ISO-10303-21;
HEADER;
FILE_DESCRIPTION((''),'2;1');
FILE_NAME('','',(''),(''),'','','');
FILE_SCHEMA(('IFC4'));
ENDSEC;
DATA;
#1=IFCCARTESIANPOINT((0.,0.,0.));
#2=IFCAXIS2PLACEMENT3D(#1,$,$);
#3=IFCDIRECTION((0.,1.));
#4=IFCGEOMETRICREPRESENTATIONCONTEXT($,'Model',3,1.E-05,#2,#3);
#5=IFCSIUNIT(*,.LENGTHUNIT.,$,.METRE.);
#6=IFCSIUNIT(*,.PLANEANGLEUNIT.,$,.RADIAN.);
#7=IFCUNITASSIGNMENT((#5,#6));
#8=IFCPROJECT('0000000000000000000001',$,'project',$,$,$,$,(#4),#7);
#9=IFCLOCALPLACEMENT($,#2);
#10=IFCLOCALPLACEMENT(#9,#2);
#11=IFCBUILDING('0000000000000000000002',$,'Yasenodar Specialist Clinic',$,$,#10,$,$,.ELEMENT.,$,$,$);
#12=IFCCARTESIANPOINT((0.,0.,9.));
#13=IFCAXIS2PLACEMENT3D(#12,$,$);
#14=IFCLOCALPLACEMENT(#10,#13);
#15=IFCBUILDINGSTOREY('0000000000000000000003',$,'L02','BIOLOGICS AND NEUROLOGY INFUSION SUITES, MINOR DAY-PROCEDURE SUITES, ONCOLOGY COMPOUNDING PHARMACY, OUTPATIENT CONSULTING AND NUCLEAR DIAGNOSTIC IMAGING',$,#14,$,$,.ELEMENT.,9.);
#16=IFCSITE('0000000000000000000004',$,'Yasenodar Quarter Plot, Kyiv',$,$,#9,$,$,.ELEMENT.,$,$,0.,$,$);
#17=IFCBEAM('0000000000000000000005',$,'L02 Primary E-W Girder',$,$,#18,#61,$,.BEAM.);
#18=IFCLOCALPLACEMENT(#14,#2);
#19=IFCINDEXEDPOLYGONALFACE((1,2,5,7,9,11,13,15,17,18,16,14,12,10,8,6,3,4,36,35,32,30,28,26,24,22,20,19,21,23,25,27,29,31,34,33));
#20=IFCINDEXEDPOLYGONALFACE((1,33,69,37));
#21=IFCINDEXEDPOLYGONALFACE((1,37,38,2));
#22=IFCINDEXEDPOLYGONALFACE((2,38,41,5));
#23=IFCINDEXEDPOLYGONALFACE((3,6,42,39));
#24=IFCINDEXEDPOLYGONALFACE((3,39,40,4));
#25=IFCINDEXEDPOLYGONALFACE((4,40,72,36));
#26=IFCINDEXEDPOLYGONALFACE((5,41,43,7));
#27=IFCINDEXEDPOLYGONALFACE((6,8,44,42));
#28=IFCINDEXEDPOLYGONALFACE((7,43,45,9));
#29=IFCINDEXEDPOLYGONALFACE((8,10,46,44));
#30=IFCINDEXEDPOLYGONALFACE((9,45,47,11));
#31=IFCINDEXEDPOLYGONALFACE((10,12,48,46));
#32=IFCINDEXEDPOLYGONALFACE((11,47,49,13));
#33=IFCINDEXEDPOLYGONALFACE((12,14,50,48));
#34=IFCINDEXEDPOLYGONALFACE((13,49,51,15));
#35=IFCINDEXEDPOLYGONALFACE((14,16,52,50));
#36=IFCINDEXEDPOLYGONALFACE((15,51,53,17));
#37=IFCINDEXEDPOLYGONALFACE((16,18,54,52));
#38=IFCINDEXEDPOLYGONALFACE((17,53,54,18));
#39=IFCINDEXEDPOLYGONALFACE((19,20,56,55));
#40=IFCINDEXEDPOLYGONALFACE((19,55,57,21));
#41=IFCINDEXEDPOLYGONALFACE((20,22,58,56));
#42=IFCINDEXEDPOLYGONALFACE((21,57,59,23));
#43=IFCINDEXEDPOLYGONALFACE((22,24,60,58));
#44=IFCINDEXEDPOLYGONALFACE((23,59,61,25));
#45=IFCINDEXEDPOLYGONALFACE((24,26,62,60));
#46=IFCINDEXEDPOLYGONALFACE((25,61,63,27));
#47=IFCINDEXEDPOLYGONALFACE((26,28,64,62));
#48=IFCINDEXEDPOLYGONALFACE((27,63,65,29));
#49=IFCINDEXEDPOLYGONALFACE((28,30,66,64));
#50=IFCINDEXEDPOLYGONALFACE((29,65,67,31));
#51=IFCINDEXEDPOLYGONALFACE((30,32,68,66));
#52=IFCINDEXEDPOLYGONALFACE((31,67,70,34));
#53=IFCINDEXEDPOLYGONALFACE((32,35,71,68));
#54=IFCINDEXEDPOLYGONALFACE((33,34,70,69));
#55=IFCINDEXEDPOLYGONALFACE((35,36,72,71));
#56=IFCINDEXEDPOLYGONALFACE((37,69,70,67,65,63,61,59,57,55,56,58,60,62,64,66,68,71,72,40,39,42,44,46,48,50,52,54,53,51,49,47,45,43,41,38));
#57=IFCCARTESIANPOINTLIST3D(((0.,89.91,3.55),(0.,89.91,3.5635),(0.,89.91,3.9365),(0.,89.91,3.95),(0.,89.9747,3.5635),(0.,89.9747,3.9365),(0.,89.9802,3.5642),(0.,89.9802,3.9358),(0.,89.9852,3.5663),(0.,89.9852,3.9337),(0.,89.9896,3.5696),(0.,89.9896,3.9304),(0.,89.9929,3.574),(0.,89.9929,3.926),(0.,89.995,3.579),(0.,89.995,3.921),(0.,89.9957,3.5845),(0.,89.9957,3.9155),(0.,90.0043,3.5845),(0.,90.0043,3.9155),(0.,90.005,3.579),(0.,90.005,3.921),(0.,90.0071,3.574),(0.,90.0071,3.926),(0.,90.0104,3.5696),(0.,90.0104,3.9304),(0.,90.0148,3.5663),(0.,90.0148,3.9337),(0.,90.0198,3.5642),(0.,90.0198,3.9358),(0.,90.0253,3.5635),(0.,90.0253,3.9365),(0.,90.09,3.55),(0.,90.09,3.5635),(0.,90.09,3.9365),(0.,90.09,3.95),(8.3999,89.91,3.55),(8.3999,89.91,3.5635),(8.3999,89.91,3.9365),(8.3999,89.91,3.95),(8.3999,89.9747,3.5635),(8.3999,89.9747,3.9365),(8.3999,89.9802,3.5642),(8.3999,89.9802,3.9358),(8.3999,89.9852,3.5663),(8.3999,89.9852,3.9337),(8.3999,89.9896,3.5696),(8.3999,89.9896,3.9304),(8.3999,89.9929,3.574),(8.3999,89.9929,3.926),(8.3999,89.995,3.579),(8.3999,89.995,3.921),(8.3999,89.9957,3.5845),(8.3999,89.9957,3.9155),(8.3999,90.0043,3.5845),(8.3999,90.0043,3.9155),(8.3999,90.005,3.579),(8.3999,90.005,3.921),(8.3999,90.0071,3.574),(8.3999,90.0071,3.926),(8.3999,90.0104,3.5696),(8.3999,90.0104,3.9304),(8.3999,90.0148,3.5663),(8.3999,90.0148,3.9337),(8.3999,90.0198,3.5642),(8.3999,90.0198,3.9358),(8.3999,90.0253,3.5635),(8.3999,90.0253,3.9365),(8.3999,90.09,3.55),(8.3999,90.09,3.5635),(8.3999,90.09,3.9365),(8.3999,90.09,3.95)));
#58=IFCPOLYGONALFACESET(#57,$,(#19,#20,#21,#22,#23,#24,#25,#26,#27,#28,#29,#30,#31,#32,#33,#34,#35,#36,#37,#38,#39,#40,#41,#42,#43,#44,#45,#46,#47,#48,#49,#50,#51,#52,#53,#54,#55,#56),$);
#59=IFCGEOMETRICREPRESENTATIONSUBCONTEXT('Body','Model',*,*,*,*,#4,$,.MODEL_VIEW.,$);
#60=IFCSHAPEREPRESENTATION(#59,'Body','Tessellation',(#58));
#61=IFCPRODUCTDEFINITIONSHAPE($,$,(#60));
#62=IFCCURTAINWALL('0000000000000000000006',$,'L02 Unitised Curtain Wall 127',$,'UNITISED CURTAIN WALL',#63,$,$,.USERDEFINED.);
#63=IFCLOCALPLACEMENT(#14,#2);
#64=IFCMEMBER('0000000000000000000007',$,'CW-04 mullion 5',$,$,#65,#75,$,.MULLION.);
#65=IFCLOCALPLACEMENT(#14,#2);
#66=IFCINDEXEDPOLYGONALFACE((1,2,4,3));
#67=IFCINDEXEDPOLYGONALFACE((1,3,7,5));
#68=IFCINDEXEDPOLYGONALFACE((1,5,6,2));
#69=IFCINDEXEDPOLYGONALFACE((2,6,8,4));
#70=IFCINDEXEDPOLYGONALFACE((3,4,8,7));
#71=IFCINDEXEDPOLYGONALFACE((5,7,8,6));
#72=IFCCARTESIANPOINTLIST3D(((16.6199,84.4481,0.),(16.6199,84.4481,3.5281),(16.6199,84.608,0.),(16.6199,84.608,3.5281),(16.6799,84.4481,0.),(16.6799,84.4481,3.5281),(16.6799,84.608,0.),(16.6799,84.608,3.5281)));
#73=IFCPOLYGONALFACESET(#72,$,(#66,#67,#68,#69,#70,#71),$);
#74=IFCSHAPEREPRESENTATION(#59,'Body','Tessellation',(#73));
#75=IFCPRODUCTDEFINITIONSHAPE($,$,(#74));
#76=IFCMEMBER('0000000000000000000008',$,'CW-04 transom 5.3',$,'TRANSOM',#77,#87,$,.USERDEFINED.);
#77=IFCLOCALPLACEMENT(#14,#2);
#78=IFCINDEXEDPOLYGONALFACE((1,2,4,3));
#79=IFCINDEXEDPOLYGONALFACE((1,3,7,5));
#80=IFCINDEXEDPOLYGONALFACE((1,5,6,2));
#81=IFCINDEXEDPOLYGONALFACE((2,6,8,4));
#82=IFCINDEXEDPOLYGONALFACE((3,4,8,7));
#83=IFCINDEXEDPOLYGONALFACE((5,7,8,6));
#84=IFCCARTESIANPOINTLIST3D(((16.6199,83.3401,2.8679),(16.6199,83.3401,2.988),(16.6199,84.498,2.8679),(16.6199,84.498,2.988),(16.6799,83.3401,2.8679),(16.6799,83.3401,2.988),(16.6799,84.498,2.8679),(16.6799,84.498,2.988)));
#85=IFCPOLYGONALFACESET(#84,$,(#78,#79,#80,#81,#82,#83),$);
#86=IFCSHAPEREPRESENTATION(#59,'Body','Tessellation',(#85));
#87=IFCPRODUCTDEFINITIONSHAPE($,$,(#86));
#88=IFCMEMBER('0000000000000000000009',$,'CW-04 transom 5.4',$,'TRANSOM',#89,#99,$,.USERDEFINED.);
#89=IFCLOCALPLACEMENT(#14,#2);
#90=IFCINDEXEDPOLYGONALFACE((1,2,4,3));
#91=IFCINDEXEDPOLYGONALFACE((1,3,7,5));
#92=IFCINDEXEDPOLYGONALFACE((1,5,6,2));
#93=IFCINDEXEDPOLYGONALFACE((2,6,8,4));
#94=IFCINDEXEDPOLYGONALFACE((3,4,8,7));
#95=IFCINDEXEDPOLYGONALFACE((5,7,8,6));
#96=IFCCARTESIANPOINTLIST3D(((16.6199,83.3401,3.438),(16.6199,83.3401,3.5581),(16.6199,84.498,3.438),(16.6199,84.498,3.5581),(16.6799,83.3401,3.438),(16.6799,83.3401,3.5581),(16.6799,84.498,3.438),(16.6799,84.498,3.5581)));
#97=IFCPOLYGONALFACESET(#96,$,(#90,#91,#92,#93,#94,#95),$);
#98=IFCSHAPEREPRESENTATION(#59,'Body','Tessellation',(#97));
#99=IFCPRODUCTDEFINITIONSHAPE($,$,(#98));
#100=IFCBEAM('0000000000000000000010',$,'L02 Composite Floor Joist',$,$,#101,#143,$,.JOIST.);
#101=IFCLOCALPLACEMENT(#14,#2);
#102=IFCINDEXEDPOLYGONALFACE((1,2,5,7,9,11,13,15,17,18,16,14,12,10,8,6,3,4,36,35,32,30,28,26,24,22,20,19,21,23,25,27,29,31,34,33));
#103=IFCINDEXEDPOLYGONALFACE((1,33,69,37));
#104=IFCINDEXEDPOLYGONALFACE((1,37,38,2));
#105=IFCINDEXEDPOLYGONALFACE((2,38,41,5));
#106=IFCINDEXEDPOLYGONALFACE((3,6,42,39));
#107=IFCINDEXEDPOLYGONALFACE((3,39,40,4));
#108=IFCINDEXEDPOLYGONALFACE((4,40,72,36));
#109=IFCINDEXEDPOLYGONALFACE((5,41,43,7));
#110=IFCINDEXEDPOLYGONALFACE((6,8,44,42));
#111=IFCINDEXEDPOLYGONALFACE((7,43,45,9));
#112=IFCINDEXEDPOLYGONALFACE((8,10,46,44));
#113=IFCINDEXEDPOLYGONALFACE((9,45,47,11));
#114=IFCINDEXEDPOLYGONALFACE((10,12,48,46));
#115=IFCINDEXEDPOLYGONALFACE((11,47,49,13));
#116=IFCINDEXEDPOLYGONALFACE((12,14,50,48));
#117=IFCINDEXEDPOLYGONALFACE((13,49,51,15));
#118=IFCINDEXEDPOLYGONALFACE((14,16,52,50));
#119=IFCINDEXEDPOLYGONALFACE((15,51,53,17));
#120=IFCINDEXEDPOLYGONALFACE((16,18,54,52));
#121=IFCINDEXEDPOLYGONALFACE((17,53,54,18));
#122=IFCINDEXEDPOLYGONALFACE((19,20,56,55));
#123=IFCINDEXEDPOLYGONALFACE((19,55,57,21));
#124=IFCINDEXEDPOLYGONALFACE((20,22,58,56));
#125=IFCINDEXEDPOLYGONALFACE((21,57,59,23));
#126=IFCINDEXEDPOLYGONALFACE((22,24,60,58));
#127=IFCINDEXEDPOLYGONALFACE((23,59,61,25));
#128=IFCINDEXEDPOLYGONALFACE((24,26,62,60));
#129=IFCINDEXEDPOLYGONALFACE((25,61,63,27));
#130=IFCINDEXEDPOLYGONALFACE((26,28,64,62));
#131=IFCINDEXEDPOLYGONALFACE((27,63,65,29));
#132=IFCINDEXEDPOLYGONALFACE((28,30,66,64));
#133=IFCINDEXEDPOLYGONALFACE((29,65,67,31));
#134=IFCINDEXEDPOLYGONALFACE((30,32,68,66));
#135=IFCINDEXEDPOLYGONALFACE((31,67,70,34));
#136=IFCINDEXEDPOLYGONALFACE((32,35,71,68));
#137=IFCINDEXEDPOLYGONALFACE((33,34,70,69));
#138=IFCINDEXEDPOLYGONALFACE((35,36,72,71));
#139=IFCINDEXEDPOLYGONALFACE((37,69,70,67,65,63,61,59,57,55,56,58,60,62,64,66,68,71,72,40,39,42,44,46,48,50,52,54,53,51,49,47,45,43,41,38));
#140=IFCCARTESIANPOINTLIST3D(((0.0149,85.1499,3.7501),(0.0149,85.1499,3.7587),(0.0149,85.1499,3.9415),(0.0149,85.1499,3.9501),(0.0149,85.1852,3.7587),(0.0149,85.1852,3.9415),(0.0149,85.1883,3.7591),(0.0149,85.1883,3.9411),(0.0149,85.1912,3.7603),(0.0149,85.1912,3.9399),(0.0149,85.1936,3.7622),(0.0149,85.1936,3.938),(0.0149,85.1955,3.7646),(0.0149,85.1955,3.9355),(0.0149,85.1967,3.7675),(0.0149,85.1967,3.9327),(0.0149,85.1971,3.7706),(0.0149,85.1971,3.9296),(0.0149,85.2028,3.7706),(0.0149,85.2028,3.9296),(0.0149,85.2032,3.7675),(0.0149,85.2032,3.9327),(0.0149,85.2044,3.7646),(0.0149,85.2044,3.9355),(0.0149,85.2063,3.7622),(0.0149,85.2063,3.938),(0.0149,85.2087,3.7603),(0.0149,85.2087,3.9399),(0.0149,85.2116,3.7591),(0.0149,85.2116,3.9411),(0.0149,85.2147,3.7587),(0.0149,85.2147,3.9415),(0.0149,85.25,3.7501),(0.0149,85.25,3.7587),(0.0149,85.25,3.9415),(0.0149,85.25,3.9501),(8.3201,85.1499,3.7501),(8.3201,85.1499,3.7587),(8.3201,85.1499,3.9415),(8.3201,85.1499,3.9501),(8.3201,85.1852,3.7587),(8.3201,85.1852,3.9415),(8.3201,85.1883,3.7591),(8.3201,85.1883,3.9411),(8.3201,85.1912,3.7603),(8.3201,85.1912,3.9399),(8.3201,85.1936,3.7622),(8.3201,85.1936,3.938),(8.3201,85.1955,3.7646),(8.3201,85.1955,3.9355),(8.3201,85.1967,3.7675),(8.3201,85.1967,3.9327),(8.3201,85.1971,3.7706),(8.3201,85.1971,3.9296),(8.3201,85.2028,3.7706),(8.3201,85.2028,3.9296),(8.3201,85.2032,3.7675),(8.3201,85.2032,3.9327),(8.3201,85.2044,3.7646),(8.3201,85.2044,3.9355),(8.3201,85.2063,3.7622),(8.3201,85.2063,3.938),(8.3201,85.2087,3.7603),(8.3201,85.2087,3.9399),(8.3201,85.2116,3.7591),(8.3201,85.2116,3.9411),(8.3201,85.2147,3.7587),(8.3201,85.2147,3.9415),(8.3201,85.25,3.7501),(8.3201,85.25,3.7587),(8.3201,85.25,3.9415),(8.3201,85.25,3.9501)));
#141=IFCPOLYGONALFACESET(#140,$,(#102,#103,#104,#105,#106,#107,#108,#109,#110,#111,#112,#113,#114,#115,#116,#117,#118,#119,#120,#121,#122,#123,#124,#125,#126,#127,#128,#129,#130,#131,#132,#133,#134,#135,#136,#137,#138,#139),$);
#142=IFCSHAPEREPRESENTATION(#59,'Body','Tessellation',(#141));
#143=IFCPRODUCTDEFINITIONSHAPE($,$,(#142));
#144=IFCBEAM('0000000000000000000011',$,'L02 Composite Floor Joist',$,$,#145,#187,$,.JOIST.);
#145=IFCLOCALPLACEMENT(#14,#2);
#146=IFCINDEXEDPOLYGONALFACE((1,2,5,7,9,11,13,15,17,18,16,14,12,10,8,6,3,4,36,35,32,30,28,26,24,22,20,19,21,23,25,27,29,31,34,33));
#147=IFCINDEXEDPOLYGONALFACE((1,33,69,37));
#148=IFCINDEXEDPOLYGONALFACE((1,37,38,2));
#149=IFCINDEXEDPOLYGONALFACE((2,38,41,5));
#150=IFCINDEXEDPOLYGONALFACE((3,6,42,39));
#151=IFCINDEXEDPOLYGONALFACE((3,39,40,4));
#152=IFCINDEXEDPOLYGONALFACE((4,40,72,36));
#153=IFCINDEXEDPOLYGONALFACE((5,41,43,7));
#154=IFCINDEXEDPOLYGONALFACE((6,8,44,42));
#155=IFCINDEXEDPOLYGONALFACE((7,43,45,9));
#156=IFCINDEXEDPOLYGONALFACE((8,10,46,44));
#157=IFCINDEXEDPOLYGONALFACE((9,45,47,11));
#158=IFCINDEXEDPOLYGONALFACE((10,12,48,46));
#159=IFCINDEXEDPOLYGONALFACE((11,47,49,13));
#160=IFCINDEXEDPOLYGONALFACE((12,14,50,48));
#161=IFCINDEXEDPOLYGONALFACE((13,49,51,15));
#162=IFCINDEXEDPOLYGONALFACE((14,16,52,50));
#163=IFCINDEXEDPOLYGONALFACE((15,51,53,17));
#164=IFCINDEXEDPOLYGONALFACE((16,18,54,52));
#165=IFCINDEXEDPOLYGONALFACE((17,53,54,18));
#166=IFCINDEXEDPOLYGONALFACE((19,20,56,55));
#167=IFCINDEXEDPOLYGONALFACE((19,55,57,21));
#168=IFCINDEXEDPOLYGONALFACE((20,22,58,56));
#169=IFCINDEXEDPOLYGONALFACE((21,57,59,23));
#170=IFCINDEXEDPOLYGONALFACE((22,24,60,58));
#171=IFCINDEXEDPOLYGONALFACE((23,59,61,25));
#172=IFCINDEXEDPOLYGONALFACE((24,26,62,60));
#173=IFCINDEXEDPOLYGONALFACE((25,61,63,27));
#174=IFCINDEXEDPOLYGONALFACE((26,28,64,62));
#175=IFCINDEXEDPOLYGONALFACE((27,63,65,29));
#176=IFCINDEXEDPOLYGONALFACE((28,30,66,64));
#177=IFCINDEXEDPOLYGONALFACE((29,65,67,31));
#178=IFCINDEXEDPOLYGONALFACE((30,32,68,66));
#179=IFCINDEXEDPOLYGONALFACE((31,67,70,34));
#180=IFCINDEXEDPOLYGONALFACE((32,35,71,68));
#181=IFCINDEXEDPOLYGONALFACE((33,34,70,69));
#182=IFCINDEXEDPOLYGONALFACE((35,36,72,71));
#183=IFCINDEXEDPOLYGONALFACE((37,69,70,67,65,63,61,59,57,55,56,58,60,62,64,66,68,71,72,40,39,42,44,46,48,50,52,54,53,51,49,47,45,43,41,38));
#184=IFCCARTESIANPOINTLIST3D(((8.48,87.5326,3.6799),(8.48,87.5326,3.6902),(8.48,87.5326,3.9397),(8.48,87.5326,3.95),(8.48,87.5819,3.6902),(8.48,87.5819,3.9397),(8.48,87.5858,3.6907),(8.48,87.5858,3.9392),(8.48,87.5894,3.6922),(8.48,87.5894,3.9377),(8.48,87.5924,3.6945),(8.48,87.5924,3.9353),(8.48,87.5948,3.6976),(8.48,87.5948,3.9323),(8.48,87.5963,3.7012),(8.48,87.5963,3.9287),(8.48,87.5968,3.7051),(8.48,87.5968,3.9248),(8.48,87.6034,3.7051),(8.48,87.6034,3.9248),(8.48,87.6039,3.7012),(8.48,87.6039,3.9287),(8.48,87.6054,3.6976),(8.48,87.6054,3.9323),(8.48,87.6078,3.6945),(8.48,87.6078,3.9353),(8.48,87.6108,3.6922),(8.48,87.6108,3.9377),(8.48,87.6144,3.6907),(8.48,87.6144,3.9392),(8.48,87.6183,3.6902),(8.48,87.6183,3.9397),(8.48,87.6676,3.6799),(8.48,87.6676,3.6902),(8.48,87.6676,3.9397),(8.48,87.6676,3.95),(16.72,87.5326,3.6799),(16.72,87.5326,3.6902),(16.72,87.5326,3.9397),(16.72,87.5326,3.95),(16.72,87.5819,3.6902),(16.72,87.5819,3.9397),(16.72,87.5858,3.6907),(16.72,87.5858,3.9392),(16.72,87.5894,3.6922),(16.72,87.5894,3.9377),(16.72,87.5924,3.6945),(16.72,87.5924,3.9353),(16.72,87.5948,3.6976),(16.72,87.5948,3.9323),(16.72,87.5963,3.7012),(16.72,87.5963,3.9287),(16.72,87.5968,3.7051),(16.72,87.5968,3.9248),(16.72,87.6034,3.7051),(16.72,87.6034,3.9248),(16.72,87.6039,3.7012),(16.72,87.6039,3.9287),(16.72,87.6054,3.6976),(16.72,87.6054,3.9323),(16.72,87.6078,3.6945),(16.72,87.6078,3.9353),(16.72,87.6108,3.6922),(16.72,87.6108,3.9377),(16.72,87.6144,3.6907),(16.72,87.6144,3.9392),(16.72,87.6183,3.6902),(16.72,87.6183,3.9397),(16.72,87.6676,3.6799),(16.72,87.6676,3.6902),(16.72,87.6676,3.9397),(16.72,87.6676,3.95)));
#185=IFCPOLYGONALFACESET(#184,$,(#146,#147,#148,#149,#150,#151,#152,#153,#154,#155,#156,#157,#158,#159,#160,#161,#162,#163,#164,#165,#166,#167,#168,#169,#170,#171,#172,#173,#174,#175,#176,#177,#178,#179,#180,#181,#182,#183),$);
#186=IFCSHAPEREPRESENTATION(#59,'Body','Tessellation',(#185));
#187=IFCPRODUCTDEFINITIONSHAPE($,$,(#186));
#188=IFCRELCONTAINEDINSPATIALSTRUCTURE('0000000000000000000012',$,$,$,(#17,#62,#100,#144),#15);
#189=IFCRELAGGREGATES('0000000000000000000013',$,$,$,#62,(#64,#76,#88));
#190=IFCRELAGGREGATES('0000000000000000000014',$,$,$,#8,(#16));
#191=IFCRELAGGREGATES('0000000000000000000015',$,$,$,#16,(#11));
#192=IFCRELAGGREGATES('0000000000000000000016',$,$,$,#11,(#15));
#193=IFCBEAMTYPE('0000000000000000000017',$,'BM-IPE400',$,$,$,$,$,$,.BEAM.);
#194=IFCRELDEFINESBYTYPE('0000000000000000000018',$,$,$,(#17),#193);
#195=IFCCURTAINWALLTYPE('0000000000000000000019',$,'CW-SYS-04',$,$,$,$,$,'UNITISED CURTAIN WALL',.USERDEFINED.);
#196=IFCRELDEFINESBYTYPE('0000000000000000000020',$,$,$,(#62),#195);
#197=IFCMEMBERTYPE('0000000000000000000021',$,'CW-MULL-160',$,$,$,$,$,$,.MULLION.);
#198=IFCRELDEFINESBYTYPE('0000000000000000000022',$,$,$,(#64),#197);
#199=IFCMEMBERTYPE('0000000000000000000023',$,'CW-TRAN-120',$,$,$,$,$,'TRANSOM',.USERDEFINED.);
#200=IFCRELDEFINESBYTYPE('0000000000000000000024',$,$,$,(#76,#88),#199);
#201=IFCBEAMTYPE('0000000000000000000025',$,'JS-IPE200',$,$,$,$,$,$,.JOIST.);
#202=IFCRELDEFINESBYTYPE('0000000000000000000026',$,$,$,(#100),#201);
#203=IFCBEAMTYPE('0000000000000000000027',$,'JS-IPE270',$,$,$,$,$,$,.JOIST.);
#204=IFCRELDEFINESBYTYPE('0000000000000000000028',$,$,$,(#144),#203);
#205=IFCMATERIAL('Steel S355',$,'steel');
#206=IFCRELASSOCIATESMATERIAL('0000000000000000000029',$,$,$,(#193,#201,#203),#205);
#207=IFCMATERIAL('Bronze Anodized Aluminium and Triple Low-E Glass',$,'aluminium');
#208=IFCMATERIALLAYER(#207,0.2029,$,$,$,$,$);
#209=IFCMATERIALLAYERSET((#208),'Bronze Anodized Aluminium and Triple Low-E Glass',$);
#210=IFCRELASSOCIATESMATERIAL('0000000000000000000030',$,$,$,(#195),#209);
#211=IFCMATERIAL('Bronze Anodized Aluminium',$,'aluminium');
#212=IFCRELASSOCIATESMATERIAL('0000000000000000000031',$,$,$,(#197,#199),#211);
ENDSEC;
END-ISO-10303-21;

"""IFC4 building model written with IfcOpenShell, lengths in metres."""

from ifc_helpers import new_model, si_unit, direction, frame, origin, origin_2d, place, context, subcontext, project, spatial, rectangle, i_section, extrude, material, layer, layer_set, material_profile, profile_set, type_object, element, aggregate, save


model = new_model("IFC4")

# Units and contexts
model_context = context("Model", 3, precision=1e-05, world=origin(), true_north=direction((0.0, 1.0)))
body_context = subcontext(model_context, "Body", "Model", "MODEL_VIEW")
ifc_project = project(units=[si_unit("LENGTHUNIT", "METRE"), si_unit("PLANEANGLEUNIT", "RADIAN")], contexts=[model_context])

# Site, building, storey
site_placement = place(None, origin())
site = spatial("IfcSite", under=ifc_project, at=site_placement, Name="Yasenodar Quarter Plot, Kyiv", CompositionType="ELEMENT", RefElevation=0.0)
building_placement = place(site_placement, origin())
building = spatial("IfcBuilding", under=site, at=building_placement, Name="Yasenodar Specialist Clinic", CompositionType="ELEMENT")
storey_placement = place(building_placement, frame((0.0, 0.0, 9.0)))
storey = spatial("IfcBuildingStorey", under=building, at=storey_placement, Name="L02", Description="BIOLOGICS AND NEUROLOGY INFUSION SUITES, MINOR DAY-PROCEDURE SUITES, ONCOLOGY COMPOUNDING PHARMACY, OUTPATIENT CONSULTING AND NUCLEAR DIAGNOSTIC IMAGING", CompositionType="ELEMENT", Elevation=9.0)

# Shared definitions
ifc_material_1 = material(Name="Steel S355", Category="steel")

# Beam
ifc_material_profile_1 = material_profile(ifc_material_1, i_section(OverallWidth=0.1799, OverallDepth=0.3999, WebThickness=0.0085, FlangeThickness=0.0134, FilletRadius=0.021, at=origin_2d()), Name="IPE 400")
ifc_profile_set_1 = profile_set([ifc_material_profile_1], Name="Steel S355")
beam_type_1 = type_object("IfcBeamType", Name="BM-IPE400", PredefinedType="BEAM", material=ifc_profile_set_1)
beam_1_placement = place(storey_placement, frame((0.0, 90.0, 3.75), z_axis=(1.0, 0.0, 0.0), x_axis=(0.0, 1.0, 0.0)))
element("IfcBeam", 1, at=beam_1_placement, inside=storey, type_object=beam_type_1, Name="L02 Primary E-W Girder", PredefinedType="BEAM", context=body_context, shape_type="SweptSolid", body=[
    extrude(i_section(OverallWidth=0.1799, OverallDepth=0.3999, WebThickness=0.0085, FlangeThickness=0.0134, FilletRadius=0.021, at=origin_2d()), origin(), (0.0, 0.0, 1.0), 8.3999),
])

# Curtain wall, members
ifc_material_2 = material(Name="Bronze Anodized Aluminium and Triple Low-E Glass", Category="aluminium")
ifc_layer_1 = layer(ifc_material_2, 0.2029)
ifc_layer_set_1 = layer_set([ifc_layer_1], Name="Bronze Anodized Aluminium and Triple Low-E Glass")
curtain_wall_type = type_object("IfcCurtainWallType", Name="CW-SYS-04", ElementType="UNITISED CURTAIN WALL", PredefinedType="USERDEFINED", material=ifc_layer_set_1)
curtain_wall_placement = place(storey_placement, origin())
curtain_wall = element("IfcCurtainWall", 2, at=curtain_wall_placement, inside=storey, type_object=curtain_wall_type, Name="L02 Unitised Curtain Wall 127", ObjectType="UNITISED CURTAIN WALL", PredefinedType="USERDEFINED")
ifc_material_3 = material(Name="Bronze Anodized Aluminium", Category="aluminium")
ifc_material_profile_2 = material_profile(ifc_material_3, rectangle(XDim=0.0601, YDim=0.1599, at=origin_2d()), Name="CW-MULL 60x160")
ifc_profile_set_2 = profile_set([ifc_material_profile_2], Name="Bronze Anodized Aluminium")
member_type_1 = type_object("IfcMemberType", Name="CW-MULL-160", PredefinedType="MULLION", material=ifc_profile_set_2)
member_1_placement = place(storey_placement, frame((16.6499, 84.5281, 0.0), z_axis=(0.0, 0.0, 1.0), x_axis=(1.0, 0.0, 0.0)))
member_1 = element("IfcMember", 3, at=member_1_placement, type_object=member_type_1, Name="CW-04 mullion 5", PredefinedType="MULLION", context=body_context, shape_type="SweptSolid", body=[
    extrude(rectangle(XDim=0.0601, YDim=0.1599, at=origin_2d()), origin(), (0.0, 0.0, 1.0), 3.5281),
])
ifc_material_profile_3 = material_profile(ifc_material_3, rectangle(XDim=0.0601, YDim=0.1201, at=origin_2d()), Name="CW-TRAN 60x120")
ifc_profile_set_3 = profile_set([ifc_material_profile_3], Name="Bronze Anodized Aluminium")
member_type_2 = type_object("IfcMemberType", Name="CW-TRAN-120", ElementType="TRANSOM", PredefinedType="USERDEFINED", material=ifc_profile_set_3)
member_2_placement = place(storey_placement, frame((16.6499, 84.498, 2.928), z_axis=(0.0, -1.0, 0.0), x_axis=(1.0, 0.0, 0.0)))
member_2 = element("IfcMember", 4, at=member_2_placement, type_object=member_type_2, Name="CW-04 transom 5.3", ObjectType="TRANSOM", PredefinedType="USERDEFINED", context=body_context, shape_type="SweptSolid", body=[
    extrude(rectangle(XDim=0.0601, YDim=0.1201, at=origin_2d()), origin(), (0.0, 0.0, 1.0), 1.158),
])
member_3_placement = place(storey_placement, frame((16.6499, 84.498, 3.498), z_axis=(0.0, -1.0, 0.0), x_axis=(1.0, 0.0, 0.0)))
member_3 = element("IfcMember", 5, at=member_3_placement, type_object=member_type_2, Name="CW-04 transom 5.4", ObjectType="TRANSOM", PredefinedType="USERDEFINED", context=body_context, shape_type="SweptSolid", body=[
    extrude(rectangle(XDim=0.0601, YDim=0.1201, at=origin_2d()), origin(), (0.0, 0.0, 1.0), 1.158),
])

# Beams
ifc_material_profile_4 = material_profile(ifc_material_1, i_section(OverallWidth=0.1001, OverallDepth=0.2, WebThickness=0.0056, FlangeThickness=0.0085, FilletRadius=0.012, at=origin_2d()), Name="IPE 200")
ifc_profile_set_4 = profile_set([ifc_material_profile_4], Name="Steel S355")
beam_type_2 = type_object("IfcBeamType", Name="JS-IPE200", PredefinedType="JOIST", material=ifc_profile_set_4)
beam_2_placement = place(storey_placement, frame((0.0149, 85.2, 3.8501), z_axis=(1.0, 0.0, 0.0), x_axis=(0.0, 1.0, 0.0)))
element("IfcBeam", 6, at=beam_2_placement, inside=storey, type_object=beam_type_2, Name="L02 Composite Floor Joist", PredefinedType="JOIST", context=body_context, shape_type="SweptSolid", body=[
    extrude(i_section(OverallWidth=0.1001, OverallDepth=0.2, WebThickness=0.0056, FlangeThickness=0.0085, FilletRadius=0.012, at=origin_2d()), origin(), (0.0, 0.0, 1.0), 8.3052),
])
ifc_material_profile_5 = material_profile(ifc_material_1, i_section(OverallWidth=0.135, OverallDepth=0.27, WebThickness=0.0066, FlangeThickness=0.0103, FilletRadius=0.0149, at=origin_2d()), Name="IPE 270")
ifc_profile_set_5 = profile_set([ifc_material_profile_5], Name="Steel S355")
beam_type_3 = type_object("IfcBeamType", Name="JS-IPE270", PredefinedType="JOIST", material=ifc_profile_set_5)
for number, where, z_axis, x_axis, name in (
    (7, (8.48, 87.6001, 3.8149), (1.0, 0.0, 0.0), (0.0, 1.0, 0.0), "L02 Composite Floor Joist"),
):
    element("IfcBeam", number, at=place(storey_placement, frame(where, z_axis=z_axis, x_axis=x_axis)), inside=storey, type_object=beam_type_3, Name=name, PredefinedType="JOIST", context=body_context, shape_type="SweptSolid", body=[
        extrude(i_section(OverallWidth=0.135, OverallDepth=0.27, WebThickness=0.0066, FlangeThickness=0.0103, FilletRadius=0.0149, at=origin_2d()), origin(), (0.0, 0.0, 1.0), 8.24),
    ])

aggregate(curtain_wall, [member_1, member_2, member_3])

save(model, "model.ifc")
